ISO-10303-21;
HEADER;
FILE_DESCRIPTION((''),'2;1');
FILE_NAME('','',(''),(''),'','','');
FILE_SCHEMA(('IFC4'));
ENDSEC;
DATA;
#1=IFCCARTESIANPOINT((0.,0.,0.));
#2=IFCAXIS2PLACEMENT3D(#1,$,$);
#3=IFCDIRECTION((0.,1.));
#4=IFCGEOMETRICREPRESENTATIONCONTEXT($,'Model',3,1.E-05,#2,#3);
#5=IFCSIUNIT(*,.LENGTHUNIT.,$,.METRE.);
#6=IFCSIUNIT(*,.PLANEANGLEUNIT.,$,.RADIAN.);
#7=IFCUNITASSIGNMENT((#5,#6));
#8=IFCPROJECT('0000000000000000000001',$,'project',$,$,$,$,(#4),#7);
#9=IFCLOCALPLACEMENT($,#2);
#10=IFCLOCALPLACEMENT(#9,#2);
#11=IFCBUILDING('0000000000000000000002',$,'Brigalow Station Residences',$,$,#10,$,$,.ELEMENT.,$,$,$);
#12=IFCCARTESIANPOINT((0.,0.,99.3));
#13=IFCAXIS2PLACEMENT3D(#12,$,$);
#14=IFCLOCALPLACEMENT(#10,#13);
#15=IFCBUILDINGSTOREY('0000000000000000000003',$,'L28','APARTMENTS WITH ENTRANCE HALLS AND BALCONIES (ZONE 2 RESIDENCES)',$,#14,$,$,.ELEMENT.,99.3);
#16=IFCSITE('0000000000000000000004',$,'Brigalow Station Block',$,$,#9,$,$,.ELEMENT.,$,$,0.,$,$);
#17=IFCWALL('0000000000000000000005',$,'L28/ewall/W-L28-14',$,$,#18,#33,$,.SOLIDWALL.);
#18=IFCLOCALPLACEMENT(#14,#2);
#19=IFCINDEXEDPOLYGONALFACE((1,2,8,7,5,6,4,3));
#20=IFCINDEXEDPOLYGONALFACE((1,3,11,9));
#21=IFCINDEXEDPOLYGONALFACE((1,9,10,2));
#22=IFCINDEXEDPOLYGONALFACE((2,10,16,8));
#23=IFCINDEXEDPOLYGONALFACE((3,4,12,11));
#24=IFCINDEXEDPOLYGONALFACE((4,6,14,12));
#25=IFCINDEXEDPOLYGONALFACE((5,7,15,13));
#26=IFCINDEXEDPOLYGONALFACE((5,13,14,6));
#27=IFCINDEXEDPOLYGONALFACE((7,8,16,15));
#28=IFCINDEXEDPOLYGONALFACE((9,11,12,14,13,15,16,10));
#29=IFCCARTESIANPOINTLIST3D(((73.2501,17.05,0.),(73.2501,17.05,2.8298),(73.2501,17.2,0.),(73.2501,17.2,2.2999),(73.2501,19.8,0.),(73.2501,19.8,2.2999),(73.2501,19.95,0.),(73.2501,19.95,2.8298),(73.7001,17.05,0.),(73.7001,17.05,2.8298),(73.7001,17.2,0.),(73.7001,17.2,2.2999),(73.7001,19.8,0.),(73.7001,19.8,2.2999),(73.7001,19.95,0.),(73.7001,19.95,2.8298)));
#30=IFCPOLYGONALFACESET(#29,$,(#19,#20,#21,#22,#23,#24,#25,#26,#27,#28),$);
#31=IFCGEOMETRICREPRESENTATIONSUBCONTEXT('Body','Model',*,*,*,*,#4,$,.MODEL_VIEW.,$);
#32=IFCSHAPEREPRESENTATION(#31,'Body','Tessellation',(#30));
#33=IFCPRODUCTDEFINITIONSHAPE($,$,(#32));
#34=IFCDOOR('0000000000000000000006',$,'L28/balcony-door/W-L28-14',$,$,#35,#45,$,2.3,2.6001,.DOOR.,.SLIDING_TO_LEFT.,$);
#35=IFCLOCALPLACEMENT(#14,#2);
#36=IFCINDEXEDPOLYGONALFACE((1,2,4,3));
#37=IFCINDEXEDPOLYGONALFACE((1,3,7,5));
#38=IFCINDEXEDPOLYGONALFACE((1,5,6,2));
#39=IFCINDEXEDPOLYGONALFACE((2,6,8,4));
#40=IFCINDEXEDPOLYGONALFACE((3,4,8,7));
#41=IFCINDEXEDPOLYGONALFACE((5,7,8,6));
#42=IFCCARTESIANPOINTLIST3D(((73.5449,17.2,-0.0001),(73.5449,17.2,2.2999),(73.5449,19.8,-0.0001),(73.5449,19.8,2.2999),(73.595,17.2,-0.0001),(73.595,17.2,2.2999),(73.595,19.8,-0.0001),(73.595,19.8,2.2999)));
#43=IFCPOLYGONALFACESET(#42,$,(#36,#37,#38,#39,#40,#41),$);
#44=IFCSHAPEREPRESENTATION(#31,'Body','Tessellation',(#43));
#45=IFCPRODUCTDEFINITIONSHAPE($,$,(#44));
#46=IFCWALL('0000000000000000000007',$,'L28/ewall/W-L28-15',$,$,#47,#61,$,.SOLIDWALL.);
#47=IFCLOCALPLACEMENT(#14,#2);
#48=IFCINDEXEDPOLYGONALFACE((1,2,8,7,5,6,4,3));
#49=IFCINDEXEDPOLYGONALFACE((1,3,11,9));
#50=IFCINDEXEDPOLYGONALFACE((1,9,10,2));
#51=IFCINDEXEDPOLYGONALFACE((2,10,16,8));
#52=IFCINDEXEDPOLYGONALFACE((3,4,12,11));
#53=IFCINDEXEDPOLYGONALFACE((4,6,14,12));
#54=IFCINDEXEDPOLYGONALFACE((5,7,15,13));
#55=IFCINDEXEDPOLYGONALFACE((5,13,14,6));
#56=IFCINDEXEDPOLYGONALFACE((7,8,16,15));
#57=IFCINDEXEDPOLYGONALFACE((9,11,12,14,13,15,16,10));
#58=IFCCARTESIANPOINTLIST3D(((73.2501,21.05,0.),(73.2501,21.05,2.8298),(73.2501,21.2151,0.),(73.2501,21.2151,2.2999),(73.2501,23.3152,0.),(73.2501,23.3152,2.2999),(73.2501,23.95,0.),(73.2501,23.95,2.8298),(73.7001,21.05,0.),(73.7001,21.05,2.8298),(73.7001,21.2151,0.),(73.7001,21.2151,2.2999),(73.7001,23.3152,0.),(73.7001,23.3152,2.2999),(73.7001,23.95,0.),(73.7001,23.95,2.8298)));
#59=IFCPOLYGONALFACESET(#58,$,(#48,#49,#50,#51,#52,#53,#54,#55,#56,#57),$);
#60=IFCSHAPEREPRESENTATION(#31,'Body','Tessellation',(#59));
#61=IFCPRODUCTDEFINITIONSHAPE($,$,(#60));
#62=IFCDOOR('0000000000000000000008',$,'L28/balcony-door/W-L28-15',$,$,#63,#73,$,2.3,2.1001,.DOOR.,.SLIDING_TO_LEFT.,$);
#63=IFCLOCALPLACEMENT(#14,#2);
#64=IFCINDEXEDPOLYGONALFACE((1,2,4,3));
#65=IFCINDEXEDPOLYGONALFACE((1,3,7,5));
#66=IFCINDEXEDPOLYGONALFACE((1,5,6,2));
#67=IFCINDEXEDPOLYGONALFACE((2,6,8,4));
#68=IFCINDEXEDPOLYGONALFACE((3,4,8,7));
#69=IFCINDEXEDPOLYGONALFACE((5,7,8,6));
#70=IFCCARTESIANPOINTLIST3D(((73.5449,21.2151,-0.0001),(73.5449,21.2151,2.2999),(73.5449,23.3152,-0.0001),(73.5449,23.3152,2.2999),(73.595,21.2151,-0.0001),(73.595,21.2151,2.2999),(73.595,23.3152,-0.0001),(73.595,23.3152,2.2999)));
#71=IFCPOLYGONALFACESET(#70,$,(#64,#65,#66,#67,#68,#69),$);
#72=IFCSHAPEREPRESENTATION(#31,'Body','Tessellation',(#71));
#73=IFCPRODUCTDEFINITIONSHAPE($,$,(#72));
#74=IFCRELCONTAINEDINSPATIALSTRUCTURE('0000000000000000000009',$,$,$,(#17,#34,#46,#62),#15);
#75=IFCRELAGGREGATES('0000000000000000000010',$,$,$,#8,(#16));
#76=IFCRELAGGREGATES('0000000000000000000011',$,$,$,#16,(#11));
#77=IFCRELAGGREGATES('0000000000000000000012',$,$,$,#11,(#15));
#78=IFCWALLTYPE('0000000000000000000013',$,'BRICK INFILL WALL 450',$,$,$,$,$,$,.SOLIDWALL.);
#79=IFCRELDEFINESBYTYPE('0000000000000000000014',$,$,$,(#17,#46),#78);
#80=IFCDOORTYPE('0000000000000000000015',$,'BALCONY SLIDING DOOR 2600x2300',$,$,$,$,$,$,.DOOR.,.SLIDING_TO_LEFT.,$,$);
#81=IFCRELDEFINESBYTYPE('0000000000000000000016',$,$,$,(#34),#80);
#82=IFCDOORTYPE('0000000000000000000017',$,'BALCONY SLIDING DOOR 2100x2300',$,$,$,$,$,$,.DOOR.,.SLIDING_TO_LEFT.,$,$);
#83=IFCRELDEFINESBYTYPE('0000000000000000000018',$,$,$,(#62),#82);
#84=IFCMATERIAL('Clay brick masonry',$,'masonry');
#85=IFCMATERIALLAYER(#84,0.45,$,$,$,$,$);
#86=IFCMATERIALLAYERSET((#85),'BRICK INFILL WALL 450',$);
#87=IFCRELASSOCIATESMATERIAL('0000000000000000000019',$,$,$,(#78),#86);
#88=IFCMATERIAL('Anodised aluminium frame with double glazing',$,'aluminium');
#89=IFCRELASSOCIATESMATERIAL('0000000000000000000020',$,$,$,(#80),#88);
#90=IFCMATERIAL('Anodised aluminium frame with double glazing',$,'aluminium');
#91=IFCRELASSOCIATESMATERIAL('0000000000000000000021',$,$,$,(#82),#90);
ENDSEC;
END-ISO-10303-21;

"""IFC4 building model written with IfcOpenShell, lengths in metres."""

from ifc_helpers import new_model, si_unit, direction, frame, frame_2d, origin, place, context, subcontext, project, spatial, rectangle, extrude, material, layer, layer_set, type_object, element, fill, save


model = new_model("IFC4")

# Units and contexts
model_context = context("Model", 3, precision=1e-05, world=origin(), true_north=direction((0.0, 1.0)))
body_context = subcontext(model_context, "Body", "Model", "MODEL_VIEW")
ifc_project = project(units=[si_unit("LENGTHUNIT", "METRE"), si_unit("PLANEANGLEUNIT", "RADIAN")], contexts=[model_context])

# Site, building, storey
site_placement = place(None, origin())
site = spatial("IfcSite", under=ifc_project, at=site_placement, Name="Brigalow Station Block", CompositionType="ELEMENT", RefElevation=0.0)
building_placement = place(site_placement, origin())
building = spatial("IfcBuilding", under=site, at=building_placement, Name="Brigalow Station Residences", CompositionType="ELEMENT")
storey_placement = place(building_placement, frame((0.0, 0.0, 99.3)))
storey = spatial("IfcBuildingStorey", under=building, at=storey_placement, Name="L28", Description="APARTMENTS WITH ENTRANCE HALLS AND BALCONIES (ZONE 2 RESIDENCES)", CompositionType="ELEMENT", Elevation=99.3)

# Shared definitions
ifc_material_1 = material(Name="Clay brick masonry", Category="masonry")
ifc_layer = layer(ifc_material_1, 0.45)
ifc_layer_set = layer_set([ifc_layer], Name="BRICK INFILL WALL 450")
wall_type = type_object("IfcWallType", Name="BRICK INFILL WALL 450", PredefinedType="SOLIDWALL", material=ifc_layer_set)

# Walls, openings, doors
wall_1_placement = place(storey_placement, frame((73.4751, 17.05, 0.0), z_axis=(0.0, 0.0, 1.0), x_axis=(0.0, 1.0, 0.0)))
wall_1 = element("IfcWall", 1, at=wall_1_placement, inside=storey, type_object=wall_type, Name="L28/ewall/W-L28-14", PredefinedType="SOLIDWALL", context=body_context, shape_type="SweptSolid", body=[
    extrude(rectangle(XDim=2.8999, YDim=0.45, at=frame_2d((1.45, 0.0))), origin(), (0.0, 0.0, 1.0), 2.8298),
])
opening_1_placement = place(wall_1_placement, frame((0.1499, 0.0, 0.0)))
opening_1 = element("IfcOpeningElement", 2, at=opening_1_placement, cuts=wall_1, PredefinedType="OPENING", context=body_context, shape_type="SweptSolid", body=[
    extrude(rectangle(XDim=2.6001, YDim=2.3, at=frame_2d((1.3, 1.1499))), frame((0.0, 0.2349, 0.0), z_axis=(0.0, -1.0, 0.0), x_axis=(1.0, 0.0, 0.0)), (0.0, 0.0, 1.0), 0.47),
])
ifc_material_2 = material(Name="Anodised aluminium frame with double glazing", Category="aluminium")
door_type_1 = type_object("IfcDoorType", Name="BALCONY SLIDING DOOR 2600x2300", OperationType="SLIDING_TO_LEFT", PredefinedType="DOOR", material=ifc_material_2)
door_1_placement = place(opening_1_placement, origin())
door_1 = element("IfcDoor", 3, at=door_1_placement, inside=storey, type_object=door_type_1, Name="L28/balcony-door/W-L28-14", OperationType="SLIDING_TO_LEFT", OverallHeight=2.3, OverallWidth=2.6001, PredefinedType="DOOR", context=body_context, shape_type="SweptSolid", body=[
    extrude(rectangle(XDim=2.6001, YDim=2.3, at=frame_2d((1.3, 1.1499))), frame((0.0, -0.0698, 0.0), z_axis=(0.0, -1.0, 0.0), x_axis=(1.0, 0.0, 0.0)), (0.0, 0.0, 1.0), 0.05),
])
fill(opening_1, door_1)
wall_2_placement = place(storey_placement, frame((73.4751, 21.05, 0.0), z_axis=(0.0, 0.0, 1.0), x_axis=(0.0, 1.0, 0.0)))
wall_2 = element("IfcWall", 4, at=wall_2_placement, inside=storey, type_object=wall_type, Name="L28/ewall/W-L28-15", PredefinedType="SOLIDWALL", context=body_context, shape_type="SweptSolid", body=[
    extrude(rectangle(XDim=2.8999, YDim=0.45, at=frame_2d((1.45, 0.0))), origin(), (0.0, 0.0, 1.0), 2.8298),
])
opening_2_placement = place(wall_2_placement, frame((0.165, 0.0, 0.0)))
opening_2 = element("IfcOpeningElement", 5, at=opening_2_placement, cuts=wall_2, PredefinedType="OPENING", context=body_context, shape_type="SweptSolid", body=[
    extrude(rectangle(XDim=2.1001, YDim=2.3, at=frame_2d((1.05, 1.1499))), frame((0.0, 0.2349, 0.0), z_axis=(0.0, -1.0, 0.0), x_axis=(1.0, 0.0, 0.0)), (0.0, 0.0, 1.0), 0.47),
])
ifc_material_3 = material(Name="Anodised aluminium frame with double glazing", Category="aluminium")
door_type_2 = type_object("IfcDoorType", Name="BALCONY SLIDING DOOR 2100x2300", OperationType="SLIDING_TO_LEFT", PredefinedType="DOOR", material=ifc_material_3)
door_2_placement = place(opening_2_placement, origin())
door_2 = element("IfcDoor", 6, at=door_2_placement, inside=storey, type_object=door_type_2, Name="L28/balcony-door/W-L28-15", OperationType="SLIDING_TO_LEFT", OverallHeight=2.3, OverallWidth=2.1001, PredefinedType="DOOR", context=body_context, shape_type="SweptSolid", body=[
    extrude(rectangle(XDim=2.1001, YDim=2.3, at=frame_2d((1.05, 1.1499))), frame((0.0, -0.0698, 0.0), z_axis=(0.0, -1.0, 0.0), x_axis=(1.0, 0.0, 0.0)), (0.0, 0.0, 1.0), 0.05),
])
fill(opening_2, door_2)

save(model, "model.ifc")
